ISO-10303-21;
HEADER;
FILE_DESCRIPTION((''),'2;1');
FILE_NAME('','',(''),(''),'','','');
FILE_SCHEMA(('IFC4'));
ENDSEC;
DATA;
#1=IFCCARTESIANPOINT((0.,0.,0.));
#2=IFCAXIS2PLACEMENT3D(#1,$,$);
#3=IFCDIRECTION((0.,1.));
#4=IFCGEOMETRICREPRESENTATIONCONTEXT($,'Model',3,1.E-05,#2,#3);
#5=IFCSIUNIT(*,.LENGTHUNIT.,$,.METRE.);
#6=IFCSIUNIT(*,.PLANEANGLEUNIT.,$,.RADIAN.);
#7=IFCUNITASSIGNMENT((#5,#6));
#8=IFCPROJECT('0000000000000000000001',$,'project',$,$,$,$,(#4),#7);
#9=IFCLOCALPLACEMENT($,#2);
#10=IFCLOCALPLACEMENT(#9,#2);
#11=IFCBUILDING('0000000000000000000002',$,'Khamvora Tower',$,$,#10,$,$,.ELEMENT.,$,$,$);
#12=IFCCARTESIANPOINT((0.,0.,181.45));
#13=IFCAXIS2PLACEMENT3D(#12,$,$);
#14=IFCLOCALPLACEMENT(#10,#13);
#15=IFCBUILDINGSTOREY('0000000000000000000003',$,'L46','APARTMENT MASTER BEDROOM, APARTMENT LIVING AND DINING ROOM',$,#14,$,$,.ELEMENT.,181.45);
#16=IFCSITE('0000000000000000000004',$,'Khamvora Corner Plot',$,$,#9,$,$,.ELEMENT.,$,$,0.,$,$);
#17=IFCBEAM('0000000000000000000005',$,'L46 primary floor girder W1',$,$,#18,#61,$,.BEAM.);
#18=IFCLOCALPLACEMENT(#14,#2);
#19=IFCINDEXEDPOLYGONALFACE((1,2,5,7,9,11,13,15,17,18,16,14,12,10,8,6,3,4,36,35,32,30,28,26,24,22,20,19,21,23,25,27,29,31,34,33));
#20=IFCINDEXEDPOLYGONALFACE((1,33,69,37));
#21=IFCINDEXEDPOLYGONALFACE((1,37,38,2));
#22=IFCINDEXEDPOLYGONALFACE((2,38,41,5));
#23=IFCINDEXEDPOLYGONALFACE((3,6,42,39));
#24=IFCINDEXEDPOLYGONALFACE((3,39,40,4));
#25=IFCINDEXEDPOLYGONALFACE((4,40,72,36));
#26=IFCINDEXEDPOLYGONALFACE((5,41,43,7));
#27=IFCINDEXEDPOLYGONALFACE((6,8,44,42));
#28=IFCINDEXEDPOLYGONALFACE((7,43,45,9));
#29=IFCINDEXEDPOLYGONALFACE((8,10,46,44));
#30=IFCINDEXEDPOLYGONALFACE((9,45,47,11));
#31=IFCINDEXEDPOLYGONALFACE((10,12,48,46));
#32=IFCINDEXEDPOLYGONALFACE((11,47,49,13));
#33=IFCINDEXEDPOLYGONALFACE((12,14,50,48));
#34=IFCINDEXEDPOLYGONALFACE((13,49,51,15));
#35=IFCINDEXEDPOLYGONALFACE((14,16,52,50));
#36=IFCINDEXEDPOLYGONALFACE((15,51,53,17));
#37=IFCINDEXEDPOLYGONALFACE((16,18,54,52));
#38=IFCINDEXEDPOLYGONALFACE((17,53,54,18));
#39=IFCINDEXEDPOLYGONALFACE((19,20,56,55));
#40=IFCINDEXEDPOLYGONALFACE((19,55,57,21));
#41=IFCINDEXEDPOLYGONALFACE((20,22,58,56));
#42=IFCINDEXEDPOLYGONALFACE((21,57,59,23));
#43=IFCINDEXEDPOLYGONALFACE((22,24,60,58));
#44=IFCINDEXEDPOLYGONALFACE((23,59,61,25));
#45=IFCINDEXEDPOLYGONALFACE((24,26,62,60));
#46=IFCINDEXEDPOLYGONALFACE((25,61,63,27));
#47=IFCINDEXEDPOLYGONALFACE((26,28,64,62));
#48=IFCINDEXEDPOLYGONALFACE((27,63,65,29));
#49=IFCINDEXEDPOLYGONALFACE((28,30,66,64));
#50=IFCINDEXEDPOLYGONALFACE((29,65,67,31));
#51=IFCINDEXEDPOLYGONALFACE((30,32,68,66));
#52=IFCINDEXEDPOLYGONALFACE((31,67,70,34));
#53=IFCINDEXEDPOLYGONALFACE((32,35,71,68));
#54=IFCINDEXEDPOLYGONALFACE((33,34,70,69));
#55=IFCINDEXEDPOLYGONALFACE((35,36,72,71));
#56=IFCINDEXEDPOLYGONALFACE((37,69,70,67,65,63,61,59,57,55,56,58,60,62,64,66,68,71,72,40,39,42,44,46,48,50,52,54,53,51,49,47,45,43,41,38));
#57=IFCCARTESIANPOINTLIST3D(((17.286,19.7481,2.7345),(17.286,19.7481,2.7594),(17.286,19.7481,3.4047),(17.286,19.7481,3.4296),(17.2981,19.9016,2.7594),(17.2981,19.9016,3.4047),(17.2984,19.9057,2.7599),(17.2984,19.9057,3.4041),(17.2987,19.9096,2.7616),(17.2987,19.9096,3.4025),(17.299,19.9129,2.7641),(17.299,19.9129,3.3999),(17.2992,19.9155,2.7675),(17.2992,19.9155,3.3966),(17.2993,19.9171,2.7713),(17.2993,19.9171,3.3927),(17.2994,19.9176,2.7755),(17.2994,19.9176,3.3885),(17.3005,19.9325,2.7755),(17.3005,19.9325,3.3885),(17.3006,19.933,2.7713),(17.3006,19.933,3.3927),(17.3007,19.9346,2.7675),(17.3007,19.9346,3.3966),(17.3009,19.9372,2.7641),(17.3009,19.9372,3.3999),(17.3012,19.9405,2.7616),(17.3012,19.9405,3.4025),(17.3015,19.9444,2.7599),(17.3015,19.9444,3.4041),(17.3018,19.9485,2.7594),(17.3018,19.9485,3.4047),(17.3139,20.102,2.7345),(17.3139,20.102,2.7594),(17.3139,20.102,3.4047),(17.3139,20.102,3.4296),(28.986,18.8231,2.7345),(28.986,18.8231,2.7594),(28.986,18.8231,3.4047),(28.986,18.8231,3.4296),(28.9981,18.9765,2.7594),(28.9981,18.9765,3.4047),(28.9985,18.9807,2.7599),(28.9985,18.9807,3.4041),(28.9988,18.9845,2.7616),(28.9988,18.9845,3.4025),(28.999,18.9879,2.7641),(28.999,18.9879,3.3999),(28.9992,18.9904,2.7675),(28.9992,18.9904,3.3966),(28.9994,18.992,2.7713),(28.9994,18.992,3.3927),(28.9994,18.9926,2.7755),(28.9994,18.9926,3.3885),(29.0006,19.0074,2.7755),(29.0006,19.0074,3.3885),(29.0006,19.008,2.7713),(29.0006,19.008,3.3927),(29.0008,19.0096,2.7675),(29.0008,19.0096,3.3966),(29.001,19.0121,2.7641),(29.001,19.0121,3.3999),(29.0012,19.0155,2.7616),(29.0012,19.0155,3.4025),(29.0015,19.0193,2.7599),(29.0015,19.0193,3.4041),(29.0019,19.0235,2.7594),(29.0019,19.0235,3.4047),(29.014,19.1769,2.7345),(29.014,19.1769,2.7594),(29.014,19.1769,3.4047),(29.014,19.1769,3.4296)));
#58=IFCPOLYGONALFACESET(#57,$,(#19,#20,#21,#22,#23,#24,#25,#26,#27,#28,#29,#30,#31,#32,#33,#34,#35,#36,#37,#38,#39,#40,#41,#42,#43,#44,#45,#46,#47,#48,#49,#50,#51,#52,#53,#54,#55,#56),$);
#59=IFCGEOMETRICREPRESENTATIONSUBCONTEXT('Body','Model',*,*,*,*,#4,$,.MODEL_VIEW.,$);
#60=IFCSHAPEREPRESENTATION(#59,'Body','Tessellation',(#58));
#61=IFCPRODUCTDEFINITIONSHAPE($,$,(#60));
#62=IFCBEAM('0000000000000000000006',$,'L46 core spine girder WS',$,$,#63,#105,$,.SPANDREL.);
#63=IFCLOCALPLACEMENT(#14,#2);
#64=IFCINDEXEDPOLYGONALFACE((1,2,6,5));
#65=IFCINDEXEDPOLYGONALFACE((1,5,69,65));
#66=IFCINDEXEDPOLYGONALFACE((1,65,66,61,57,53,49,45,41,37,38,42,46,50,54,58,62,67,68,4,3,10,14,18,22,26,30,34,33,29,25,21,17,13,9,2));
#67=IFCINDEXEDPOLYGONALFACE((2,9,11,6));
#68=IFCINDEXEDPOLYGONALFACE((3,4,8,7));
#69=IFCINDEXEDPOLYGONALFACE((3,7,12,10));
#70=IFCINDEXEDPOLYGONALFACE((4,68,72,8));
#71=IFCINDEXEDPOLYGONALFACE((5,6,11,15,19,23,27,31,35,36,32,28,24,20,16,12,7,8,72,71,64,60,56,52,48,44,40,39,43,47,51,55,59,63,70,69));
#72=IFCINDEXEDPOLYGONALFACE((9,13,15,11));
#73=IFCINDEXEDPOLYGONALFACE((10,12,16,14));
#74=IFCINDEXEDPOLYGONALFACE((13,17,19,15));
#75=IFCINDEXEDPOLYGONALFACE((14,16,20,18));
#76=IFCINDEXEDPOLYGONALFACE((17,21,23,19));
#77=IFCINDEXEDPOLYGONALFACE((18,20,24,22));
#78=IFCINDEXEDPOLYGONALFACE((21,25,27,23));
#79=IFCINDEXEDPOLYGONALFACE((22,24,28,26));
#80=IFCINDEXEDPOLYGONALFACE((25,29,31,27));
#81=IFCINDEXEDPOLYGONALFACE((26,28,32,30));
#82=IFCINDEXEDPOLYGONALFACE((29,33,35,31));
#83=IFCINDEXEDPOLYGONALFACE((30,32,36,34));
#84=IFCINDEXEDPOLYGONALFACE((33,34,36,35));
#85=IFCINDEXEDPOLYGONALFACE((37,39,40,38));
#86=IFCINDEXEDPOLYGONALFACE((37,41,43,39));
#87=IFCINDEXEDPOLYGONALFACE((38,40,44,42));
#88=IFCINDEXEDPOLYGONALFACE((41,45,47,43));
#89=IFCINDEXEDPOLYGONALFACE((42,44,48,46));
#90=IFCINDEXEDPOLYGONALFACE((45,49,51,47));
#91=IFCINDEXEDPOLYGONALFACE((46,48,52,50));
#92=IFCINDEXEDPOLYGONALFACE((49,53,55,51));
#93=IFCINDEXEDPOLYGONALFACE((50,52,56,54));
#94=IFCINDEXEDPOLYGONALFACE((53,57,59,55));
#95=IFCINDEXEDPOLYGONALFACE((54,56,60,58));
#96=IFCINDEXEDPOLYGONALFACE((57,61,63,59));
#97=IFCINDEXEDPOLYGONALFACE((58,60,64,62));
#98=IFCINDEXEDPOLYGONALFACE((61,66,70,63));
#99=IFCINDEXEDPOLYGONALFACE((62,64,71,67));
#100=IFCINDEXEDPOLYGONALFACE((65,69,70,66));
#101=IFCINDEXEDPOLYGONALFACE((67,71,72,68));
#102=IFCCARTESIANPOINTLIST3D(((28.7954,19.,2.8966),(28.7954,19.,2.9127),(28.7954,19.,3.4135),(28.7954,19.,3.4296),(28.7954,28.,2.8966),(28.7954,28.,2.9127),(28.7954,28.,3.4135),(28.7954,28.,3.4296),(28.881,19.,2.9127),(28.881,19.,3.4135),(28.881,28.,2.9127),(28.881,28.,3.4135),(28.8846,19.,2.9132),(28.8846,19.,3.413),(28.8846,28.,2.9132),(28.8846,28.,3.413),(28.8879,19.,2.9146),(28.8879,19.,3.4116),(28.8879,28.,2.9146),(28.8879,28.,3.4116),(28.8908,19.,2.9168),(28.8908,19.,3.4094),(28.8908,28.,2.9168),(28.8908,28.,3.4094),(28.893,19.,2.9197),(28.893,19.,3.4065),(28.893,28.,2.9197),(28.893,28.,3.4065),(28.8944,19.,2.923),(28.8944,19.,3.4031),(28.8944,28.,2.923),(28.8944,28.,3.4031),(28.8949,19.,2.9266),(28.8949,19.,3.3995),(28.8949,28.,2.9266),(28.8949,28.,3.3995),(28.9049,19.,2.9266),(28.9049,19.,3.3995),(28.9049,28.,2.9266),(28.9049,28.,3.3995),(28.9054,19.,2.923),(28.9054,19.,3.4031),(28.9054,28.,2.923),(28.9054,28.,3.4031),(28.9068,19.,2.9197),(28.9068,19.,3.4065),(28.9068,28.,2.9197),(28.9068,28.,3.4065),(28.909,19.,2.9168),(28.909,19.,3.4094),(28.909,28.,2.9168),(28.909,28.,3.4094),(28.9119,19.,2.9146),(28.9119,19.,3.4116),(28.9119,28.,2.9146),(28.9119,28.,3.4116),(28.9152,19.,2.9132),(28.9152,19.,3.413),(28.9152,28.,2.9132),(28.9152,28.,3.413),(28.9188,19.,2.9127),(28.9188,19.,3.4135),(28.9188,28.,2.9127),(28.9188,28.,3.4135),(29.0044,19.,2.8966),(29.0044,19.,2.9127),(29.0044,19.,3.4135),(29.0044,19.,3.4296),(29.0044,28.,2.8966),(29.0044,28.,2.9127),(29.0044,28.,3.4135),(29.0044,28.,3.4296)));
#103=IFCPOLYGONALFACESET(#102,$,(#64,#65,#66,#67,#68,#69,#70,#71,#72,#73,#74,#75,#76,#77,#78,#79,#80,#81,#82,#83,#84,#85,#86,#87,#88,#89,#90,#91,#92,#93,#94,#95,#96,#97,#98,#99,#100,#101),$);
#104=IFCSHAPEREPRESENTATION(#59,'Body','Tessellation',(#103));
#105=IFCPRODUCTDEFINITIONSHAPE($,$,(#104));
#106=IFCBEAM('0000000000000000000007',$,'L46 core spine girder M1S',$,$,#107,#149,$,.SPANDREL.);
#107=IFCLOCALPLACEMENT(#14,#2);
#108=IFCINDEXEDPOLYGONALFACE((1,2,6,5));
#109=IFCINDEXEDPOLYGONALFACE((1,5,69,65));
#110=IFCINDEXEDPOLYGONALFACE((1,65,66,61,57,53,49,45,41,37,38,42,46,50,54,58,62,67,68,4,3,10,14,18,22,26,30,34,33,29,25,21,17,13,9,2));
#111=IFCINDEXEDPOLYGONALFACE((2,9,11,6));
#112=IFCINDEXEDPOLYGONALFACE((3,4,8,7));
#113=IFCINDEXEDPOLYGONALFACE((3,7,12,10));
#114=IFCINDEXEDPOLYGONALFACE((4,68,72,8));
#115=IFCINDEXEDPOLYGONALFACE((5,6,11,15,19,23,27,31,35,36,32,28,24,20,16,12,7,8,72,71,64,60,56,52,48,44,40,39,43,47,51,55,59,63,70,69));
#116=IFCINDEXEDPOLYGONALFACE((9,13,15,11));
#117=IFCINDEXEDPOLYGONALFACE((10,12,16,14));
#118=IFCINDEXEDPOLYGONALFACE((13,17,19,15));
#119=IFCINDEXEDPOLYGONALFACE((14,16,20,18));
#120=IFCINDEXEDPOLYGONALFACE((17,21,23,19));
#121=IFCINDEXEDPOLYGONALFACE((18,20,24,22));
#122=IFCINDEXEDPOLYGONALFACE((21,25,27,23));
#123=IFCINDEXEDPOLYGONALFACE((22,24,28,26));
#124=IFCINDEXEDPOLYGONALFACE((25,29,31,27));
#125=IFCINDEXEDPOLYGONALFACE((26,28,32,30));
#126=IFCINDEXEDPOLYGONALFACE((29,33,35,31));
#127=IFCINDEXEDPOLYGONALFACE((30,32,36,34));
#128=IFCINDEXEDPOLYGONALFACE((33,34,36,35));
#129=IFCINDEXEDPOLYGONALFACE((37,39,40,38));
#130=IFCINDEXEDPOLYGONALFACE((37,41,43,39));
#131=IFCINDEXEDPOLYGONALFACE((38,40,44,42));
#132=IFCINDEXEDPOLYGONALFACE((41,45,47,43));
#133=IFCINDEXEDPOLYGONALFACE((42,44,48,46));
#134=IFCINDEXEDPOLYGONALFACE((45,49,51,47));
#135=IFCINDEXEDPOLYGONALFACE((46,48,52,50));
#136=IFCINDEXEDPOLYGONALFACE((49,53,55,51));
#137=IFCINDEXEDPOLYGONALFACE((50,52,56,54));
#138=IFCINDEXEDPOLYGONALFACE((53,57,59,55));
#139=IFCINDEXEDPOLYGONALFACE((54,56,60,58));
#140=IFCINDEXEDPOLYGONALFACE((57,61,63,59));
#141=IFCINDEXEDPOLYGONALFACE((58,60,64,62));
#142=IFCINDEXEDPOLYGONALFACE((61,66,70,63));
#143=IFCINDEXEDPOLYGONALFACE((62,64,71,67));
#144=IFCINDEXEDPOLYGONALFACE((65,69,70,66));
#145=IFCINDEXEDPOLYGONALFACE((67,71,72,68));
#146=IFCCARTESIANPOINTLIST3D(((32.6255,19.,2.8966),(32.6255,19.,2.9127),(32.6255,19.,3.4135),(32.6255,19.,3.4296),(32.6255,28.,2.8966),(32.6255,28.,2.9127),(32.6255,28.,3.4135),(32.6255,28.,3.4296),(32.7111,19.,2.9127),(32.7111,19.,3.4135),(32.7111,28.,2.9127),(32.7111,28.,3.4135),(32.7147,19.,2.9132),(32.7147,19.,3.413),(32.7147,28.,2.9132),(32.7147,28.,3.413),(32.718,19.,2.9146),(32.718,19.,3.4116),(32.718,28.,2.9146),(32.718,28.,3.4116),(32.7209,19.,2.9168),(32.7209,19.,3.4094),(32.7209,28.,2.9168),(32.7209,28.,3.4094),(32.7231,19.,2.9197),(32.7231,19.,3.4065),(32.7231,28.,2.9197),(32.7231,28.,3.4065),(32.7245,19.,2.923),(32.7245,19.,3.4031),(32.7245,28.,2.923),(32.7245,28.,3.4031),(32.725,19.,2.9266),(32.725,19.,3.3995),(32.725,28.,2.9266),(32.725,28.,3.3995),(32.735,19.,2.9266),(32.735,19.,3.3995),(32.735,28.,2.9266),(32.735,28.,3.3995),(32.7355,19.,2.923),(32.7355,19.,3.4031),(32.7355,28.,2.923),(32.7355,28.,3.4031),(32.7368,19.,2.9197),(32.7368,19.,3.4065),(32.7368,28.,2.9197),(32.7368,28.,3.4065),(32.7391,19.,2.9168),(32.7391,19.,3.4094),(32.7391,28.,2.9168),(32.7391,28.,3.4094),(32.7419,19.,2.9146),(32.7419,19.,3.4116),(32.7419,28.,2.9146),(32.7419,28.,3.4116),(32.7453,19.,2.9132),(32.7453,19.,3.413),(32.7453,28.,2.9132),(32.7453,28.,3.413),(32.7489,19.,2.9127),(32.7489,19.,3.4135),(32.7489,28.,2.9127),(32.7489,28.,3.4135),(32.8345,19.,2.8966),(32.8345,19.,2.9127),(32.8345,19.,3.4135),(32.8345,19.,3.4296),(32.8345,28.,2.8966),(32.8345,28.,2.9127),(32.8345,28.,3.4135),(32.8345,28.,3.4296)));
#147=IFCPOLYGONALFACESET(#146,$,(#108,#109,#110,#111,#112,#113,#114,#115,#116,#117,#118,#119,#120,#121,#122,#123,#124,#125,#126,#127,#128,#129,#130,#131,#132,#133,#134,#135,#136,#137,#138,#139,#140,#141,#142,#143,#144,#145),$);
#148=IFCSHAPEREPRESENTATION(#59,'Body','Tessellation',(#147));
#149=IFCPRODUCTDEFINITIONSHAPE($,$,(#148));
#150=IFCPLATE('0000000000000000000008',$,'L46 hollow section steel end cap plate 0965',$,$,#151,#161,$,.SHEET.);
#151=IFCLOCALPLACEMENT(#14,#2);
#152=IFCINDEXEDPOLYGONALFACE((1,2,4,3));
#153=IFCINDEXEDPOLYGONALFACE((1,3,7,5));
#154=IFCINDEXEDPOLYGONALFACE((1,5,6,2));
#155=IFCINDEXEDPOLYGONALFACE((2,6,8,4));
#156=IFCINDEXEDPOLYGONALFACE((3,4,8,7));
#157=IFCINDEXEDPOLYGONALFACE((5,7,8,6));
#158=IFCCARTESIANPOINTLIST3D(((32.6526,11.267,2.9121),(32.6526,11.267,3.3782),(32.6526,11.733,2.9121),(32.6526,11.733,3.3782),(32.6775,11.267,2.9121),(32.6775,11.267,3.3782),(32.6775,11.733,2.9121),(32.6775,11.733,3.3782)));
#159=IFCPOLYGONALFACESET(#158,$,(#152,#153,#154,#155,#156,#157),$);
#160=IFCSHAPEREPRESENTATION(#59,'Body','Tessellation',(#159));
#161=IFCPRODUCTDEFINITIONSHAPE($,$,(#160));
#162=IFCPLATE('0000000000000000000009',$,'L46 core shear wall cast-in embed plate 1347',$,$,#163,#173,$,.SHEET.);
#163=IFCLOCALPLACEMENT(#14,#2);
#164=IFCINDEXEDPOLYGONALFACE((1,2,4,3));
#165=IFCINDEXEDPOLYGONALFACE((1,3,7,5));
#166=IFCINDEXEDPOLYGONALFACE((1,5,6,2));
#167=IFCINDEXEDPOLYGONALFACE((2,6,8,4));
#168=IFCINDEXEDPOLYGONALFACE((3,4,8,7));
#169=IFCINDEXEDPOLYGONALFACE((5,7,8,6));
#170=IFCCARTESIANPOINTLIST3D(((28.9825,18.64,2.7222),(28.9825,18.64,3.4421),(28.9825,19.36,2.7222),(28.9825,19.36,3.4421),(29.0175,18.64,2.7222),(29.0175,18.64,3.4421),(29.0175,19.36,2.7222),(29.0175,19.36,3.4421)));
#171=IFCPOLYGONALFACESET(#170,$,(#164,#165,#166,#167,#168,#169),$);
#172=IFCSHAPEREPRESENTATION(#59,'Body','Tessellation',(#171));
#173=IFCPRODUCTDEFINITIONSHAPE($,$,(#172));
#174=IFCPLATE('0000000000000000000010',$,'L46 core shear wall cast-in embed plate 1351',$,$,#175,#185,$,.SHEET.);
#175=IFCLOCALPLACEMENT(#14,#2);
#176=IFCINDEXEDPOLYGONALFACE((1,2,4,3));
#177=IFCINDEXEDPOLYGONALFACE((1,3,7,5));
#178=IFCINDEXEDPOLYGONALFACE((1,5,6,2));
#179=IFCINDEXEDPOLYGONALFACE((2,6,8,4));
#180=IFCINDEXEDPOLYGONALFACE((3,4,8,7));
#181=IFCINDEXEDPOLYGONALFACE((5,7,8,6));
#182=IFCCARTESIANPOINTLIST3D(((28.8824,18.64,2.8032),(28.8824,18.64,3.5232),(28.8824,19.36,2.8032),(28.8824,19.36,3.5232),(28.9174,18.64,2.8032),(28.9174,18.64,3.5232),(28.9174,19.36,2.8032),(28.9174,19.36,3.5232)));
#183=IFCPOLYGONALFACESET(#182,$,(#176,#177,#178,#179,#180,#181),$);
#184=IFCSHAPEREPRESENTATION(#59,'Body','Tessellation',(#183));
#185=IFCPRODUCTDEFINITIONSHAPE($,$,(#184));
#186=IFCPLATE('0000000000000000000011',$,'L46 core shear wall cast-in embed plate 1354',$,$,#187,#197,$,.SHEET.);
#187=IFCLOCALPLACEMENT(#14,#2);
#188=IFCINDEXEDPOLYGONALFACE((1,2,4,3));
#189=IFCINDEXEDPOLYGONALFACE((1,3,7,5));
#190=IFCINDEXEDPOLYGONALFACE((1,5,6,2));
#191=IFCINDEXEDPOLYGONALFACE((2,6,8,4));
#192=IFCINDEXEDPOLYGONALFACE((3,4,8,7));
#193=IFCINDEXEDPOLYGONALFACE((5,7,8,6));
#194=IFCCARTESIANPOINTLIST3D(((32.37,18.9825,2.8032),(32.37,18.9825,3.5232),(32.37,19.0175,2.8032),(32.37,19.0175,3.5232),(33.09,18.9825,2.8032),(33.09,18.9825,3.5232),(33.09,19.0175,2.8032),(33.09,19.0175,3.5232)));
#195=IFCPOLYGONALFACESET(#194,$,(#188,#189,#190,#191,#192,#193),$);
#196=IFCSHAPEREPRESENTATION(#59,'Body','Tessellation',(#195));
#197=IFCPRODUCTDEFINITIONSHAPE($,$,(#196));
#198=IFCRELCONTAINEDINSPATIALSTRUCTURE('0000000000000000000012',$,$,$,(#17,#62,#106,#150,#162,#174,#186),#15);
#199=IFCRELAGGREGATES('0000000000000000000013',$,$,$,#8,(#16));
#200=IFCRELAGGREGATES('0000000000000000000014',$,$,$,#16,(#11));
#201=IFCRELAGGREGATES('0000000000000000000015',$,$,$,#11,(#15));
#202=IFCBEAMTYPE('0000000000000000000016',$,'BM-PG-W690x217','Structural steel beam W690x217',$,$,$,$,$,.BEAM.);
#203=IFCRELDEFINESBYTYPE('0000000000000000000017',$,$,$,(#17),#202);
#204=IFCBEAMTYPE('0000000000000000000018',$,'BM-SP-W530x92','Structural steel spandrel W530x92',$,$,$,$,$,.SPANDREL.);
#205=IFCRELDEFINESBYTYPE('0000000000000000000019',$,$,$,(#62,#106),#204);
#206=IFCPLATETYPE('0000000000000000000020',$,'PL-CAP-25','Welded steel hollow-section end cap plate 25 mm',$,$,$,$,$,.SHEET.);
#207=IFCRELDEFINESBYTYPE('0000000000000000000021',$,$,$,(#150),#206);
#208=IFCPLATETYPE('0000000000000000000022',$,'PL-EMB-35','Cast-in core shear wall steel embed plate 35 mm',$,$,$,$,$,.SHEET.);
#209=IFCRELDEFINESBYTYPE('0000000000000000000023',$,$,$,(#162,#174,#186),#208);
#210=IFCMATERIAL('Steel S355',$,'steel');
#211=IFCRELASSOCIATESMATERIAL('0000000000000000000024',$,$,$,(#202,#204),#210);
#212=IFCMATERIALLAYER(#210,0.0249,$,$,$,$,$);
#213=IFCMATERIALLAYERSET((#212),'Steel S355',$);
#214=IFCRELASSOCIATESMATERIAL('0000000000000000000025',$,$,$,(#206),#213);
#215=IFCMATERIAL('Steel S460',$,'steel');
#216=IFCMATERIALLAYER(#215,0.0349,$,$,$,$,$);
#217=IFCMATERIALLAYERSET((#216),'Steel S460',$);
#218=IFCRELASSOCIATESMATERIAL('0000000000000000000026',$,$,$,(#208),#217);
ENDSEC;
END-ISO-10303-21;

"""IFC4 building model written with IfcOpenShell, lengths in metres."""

from ifc_helpers import new_model, si_unit, direction, frame, origin, origin_2d, place, context, subcontext, project, spatial, rectangle, i_section, extrude, material, layer, layer_set, material_profile, profile_set, type_object, element, save


model = new_model("IFC4")

# Units and contexts
model_context = context("Model", 3, precision=1e-05, world=origin(), true_north=direction((0.0, 1.0)))
body_context = subcontext(model_context, "Body", "Model", "MODEL_VIEW")
ifc_project = project(units=[si_unit("LENGTHUNIT", "METRE"), si_unit("PLANEANGLEUNIT", "RADIAN")], contexts=[model_context])

# Site, building, storey
site_placement = place(None, origin())
site = spatial("IfcSite", under=ifc_project, at=site_placement, Name="Khamvora Corner Plot", CompositionType="ELEMENT", RefElevation=0.0)
building_placement = place(site_placement, origin())
building = spatial("IfcBuilding", under=site, at=building_placement, Name="Khamvora Tower", CompositionType="ELEMENT")
storey_placement = place(building_placement, frame((0.0, 0.0, 181.45)))
storey = spatial("IfcBuildingStorey", under=building, at=storey_placement, Name="L46", Description="APARTMENT MASTER BEDROOM, APARTMENT LIVING AND DINING ROOM", CompositionType="ELEMENT", Elevation=181.45)

# Shared definitions
ifc_material_1 = material(Name="Steel S460", Category="steel")

# Beams
ifc_material_2 = material(Name="Steel S355", Category="steel")
ifc_material_profile_1 = material_profile(ifc_material_2, i_section(OverallWidth=0.355, OverallDepth=0.6951, WebThickness=0.0149, FlangeThickness=0.0249, FilletRadius=0.0161, at=origin_2d()), Name="W690x217")
ifc_profile_set_1 = profile_set([ifc_material_profile_1], Name="Steel S355")
beam_type_1 = type_object("IfcBeamType", Name="BM-PG-W690x217", Description="Structural steel beam W690x217", PredefinedType="BEAM", material=ifc_profile_set_1)
beam_1_placement = place(storey_placement, frame((29.0, 19.0, 3.082), z_axis=(-0.996889, 0.078818, 0.0), x_axis=(-0.078818, -0.996889, 0.0)))
element("IfcBeam", 1, at=beam_1_placement, inside=storey, type_object=beam_type_1, Name="L46 primary floor girder W1", PredefinedType="BEAM", context=body_context, shape_type="SweptSolid", body=[
    extrude(i_section(OverallWidth=0.355, OverallDepth=0.6951, WebThickness=0.0149, FlangeThickness=0.0249, FilletRadius=0.0161, at=origin_2d()), origin(), (0.0, 0.0, 1.0), 11.7366),
])
ifc_material_profile_2 = material_profile(ifc_material_2, i_section(OverallWidth=0.209, OverallDepth=0.533, WebThickness=0.01, FlangeThickness=0.0161, FilletRadius=0.0139, at=origin_2d()), Name="W530x92")
ifc_profile_set_2 = profile_set([ifc_material_profile_2], Name="Steel S355")
beam_type_2 = type_object("IfcBeamType", Name="BM-SP-W530x92", Description="Structural steel spandrel W530x92", PredefinedType="SPANDREL", material=ifc_profile_set_2)
for number, where, z_axis, x_axis, name in (
    (2, (28.8999, 19.0, 3.1631), (0.0, 1.0, 0.0), (-1.0, 0.0, 0.0), "L46 core spine girder WS"),
    (3, (32.73, 19.0, 3.1631), (0.0, 1.0, 0.0), (-1.0, 0.0, 0.0), "L46 core spine girder M1S"),
):
    element("IfcBeam", number, at=place(storey_placement, frame(where, z_axis=z_axis, x_axis=x_axis)), inside=storey, type_object=beam_type_2, Name=name, PredefinedType="SPANDREL", context=body_context, shape_type="SweptSolid", body=[
        extrude(i_section(OverallWidth=0.209, OverallDepth=0.533, WebThickness=0.01, FlangeThickness=0.0161, FilletRadius=0.0139, at=origin_2d()), origin(), (0.0, 0.0, 1.0), 9.0),
    ])

# Plates
ifc_layer_1 = layer(ifc_material_2, 0.0249)
ifc_layer_set_1 = layer_set([ifc_layer_1], Name="Steel S355")
plate_type_1 = type_object("IfcPlateType", Name="PL-CAP-25", Description="Welded steel hollow-section end cap plate 25 mm", PredefinedType="SHEET", material=ifc_layer_set_1)
plate_1_placement = place(storey_placement, frame((32.665, 11.5, 2.9121), z_axis=(0.0, 0.0, 1.0), x_axis=(1.0, 0.0, 0.0)))
element("IfcPlate", 4, at=plate_1_placement, inside=storey, type_object=plate_type_1, Name="L46 hollow section steel end cap plate 0965", PredefinedType="SHEET", context=body_context, shape_type="SweptSolid", body=[
    extrude(rectangle(XDim=0.0249, YDim=0.4661, at=origin_2d()), origin(), (0.0, 0.0, 1.0), 0.4661),
])
ifc_layer_2 = layer(ifc_material_1, 0.0349)
ifc_layer_set_2 = layer_set([ifc_layer_2], Name="Steel S460")
plate_type_2 = type_object("IfcPlateType", Name="PL-EMB-35", Description="Cast-in core shear wall steel embed plate 35 mm", PredefinedType="SHEET", material=ifc_layer_set_2)
for number, where, z_axis, x_axis, name in (
    (5, (29.0, 19.0, 2.7222), (0.0, 0.0, 1.0), (1.0, 0.0, 0.0), "L46 core shear wall cast-in embed plate 1347"),
    (6, (28.8999, 19.0, 2.8032), (0.0, 0.0, 1.0), (1.0, 0.0, 0.0), "L46 core shear wall cast-in embed plate 1351"),
):
    element("IfcPlate", number, at=place(storey_placement, frame(where, z_axis=z_axis, x_axis=x_axis)), inside=storey, type_object=plate_type_2, Name=name, PredefinedType="SHEET", context=body_context, shape_type="SweptSolid", body=[
        extrude(rectangle(XDim=0.0349, YDim=0.72, at=origin_2d()), origin(), (0.0, 0.0, 1.0), 0.72),
    ])
plate_2_placement = place(storey_placement, frame((32.73, 19.0, 2.8032), z_axis=(0.0, 0.0, 1.0), x_axis=(1.0, 0.0, 0.0)))
element("IfcPlate", 7, at=plate_2_placement, inside=storey, type_object=plate_type_2, Name="L46 core shear wall cast-in embed plate 1354", PredefinedType="SHEET", context=body_context, shape_type="SweptSolid", body=[
    extrude(rectangle(XDim=0.72, YDim=0.0349, at=origin_2d()), origin(), (0.0, 0.0, 1.0), 0.72),
])

save(model, "model.ifc")
